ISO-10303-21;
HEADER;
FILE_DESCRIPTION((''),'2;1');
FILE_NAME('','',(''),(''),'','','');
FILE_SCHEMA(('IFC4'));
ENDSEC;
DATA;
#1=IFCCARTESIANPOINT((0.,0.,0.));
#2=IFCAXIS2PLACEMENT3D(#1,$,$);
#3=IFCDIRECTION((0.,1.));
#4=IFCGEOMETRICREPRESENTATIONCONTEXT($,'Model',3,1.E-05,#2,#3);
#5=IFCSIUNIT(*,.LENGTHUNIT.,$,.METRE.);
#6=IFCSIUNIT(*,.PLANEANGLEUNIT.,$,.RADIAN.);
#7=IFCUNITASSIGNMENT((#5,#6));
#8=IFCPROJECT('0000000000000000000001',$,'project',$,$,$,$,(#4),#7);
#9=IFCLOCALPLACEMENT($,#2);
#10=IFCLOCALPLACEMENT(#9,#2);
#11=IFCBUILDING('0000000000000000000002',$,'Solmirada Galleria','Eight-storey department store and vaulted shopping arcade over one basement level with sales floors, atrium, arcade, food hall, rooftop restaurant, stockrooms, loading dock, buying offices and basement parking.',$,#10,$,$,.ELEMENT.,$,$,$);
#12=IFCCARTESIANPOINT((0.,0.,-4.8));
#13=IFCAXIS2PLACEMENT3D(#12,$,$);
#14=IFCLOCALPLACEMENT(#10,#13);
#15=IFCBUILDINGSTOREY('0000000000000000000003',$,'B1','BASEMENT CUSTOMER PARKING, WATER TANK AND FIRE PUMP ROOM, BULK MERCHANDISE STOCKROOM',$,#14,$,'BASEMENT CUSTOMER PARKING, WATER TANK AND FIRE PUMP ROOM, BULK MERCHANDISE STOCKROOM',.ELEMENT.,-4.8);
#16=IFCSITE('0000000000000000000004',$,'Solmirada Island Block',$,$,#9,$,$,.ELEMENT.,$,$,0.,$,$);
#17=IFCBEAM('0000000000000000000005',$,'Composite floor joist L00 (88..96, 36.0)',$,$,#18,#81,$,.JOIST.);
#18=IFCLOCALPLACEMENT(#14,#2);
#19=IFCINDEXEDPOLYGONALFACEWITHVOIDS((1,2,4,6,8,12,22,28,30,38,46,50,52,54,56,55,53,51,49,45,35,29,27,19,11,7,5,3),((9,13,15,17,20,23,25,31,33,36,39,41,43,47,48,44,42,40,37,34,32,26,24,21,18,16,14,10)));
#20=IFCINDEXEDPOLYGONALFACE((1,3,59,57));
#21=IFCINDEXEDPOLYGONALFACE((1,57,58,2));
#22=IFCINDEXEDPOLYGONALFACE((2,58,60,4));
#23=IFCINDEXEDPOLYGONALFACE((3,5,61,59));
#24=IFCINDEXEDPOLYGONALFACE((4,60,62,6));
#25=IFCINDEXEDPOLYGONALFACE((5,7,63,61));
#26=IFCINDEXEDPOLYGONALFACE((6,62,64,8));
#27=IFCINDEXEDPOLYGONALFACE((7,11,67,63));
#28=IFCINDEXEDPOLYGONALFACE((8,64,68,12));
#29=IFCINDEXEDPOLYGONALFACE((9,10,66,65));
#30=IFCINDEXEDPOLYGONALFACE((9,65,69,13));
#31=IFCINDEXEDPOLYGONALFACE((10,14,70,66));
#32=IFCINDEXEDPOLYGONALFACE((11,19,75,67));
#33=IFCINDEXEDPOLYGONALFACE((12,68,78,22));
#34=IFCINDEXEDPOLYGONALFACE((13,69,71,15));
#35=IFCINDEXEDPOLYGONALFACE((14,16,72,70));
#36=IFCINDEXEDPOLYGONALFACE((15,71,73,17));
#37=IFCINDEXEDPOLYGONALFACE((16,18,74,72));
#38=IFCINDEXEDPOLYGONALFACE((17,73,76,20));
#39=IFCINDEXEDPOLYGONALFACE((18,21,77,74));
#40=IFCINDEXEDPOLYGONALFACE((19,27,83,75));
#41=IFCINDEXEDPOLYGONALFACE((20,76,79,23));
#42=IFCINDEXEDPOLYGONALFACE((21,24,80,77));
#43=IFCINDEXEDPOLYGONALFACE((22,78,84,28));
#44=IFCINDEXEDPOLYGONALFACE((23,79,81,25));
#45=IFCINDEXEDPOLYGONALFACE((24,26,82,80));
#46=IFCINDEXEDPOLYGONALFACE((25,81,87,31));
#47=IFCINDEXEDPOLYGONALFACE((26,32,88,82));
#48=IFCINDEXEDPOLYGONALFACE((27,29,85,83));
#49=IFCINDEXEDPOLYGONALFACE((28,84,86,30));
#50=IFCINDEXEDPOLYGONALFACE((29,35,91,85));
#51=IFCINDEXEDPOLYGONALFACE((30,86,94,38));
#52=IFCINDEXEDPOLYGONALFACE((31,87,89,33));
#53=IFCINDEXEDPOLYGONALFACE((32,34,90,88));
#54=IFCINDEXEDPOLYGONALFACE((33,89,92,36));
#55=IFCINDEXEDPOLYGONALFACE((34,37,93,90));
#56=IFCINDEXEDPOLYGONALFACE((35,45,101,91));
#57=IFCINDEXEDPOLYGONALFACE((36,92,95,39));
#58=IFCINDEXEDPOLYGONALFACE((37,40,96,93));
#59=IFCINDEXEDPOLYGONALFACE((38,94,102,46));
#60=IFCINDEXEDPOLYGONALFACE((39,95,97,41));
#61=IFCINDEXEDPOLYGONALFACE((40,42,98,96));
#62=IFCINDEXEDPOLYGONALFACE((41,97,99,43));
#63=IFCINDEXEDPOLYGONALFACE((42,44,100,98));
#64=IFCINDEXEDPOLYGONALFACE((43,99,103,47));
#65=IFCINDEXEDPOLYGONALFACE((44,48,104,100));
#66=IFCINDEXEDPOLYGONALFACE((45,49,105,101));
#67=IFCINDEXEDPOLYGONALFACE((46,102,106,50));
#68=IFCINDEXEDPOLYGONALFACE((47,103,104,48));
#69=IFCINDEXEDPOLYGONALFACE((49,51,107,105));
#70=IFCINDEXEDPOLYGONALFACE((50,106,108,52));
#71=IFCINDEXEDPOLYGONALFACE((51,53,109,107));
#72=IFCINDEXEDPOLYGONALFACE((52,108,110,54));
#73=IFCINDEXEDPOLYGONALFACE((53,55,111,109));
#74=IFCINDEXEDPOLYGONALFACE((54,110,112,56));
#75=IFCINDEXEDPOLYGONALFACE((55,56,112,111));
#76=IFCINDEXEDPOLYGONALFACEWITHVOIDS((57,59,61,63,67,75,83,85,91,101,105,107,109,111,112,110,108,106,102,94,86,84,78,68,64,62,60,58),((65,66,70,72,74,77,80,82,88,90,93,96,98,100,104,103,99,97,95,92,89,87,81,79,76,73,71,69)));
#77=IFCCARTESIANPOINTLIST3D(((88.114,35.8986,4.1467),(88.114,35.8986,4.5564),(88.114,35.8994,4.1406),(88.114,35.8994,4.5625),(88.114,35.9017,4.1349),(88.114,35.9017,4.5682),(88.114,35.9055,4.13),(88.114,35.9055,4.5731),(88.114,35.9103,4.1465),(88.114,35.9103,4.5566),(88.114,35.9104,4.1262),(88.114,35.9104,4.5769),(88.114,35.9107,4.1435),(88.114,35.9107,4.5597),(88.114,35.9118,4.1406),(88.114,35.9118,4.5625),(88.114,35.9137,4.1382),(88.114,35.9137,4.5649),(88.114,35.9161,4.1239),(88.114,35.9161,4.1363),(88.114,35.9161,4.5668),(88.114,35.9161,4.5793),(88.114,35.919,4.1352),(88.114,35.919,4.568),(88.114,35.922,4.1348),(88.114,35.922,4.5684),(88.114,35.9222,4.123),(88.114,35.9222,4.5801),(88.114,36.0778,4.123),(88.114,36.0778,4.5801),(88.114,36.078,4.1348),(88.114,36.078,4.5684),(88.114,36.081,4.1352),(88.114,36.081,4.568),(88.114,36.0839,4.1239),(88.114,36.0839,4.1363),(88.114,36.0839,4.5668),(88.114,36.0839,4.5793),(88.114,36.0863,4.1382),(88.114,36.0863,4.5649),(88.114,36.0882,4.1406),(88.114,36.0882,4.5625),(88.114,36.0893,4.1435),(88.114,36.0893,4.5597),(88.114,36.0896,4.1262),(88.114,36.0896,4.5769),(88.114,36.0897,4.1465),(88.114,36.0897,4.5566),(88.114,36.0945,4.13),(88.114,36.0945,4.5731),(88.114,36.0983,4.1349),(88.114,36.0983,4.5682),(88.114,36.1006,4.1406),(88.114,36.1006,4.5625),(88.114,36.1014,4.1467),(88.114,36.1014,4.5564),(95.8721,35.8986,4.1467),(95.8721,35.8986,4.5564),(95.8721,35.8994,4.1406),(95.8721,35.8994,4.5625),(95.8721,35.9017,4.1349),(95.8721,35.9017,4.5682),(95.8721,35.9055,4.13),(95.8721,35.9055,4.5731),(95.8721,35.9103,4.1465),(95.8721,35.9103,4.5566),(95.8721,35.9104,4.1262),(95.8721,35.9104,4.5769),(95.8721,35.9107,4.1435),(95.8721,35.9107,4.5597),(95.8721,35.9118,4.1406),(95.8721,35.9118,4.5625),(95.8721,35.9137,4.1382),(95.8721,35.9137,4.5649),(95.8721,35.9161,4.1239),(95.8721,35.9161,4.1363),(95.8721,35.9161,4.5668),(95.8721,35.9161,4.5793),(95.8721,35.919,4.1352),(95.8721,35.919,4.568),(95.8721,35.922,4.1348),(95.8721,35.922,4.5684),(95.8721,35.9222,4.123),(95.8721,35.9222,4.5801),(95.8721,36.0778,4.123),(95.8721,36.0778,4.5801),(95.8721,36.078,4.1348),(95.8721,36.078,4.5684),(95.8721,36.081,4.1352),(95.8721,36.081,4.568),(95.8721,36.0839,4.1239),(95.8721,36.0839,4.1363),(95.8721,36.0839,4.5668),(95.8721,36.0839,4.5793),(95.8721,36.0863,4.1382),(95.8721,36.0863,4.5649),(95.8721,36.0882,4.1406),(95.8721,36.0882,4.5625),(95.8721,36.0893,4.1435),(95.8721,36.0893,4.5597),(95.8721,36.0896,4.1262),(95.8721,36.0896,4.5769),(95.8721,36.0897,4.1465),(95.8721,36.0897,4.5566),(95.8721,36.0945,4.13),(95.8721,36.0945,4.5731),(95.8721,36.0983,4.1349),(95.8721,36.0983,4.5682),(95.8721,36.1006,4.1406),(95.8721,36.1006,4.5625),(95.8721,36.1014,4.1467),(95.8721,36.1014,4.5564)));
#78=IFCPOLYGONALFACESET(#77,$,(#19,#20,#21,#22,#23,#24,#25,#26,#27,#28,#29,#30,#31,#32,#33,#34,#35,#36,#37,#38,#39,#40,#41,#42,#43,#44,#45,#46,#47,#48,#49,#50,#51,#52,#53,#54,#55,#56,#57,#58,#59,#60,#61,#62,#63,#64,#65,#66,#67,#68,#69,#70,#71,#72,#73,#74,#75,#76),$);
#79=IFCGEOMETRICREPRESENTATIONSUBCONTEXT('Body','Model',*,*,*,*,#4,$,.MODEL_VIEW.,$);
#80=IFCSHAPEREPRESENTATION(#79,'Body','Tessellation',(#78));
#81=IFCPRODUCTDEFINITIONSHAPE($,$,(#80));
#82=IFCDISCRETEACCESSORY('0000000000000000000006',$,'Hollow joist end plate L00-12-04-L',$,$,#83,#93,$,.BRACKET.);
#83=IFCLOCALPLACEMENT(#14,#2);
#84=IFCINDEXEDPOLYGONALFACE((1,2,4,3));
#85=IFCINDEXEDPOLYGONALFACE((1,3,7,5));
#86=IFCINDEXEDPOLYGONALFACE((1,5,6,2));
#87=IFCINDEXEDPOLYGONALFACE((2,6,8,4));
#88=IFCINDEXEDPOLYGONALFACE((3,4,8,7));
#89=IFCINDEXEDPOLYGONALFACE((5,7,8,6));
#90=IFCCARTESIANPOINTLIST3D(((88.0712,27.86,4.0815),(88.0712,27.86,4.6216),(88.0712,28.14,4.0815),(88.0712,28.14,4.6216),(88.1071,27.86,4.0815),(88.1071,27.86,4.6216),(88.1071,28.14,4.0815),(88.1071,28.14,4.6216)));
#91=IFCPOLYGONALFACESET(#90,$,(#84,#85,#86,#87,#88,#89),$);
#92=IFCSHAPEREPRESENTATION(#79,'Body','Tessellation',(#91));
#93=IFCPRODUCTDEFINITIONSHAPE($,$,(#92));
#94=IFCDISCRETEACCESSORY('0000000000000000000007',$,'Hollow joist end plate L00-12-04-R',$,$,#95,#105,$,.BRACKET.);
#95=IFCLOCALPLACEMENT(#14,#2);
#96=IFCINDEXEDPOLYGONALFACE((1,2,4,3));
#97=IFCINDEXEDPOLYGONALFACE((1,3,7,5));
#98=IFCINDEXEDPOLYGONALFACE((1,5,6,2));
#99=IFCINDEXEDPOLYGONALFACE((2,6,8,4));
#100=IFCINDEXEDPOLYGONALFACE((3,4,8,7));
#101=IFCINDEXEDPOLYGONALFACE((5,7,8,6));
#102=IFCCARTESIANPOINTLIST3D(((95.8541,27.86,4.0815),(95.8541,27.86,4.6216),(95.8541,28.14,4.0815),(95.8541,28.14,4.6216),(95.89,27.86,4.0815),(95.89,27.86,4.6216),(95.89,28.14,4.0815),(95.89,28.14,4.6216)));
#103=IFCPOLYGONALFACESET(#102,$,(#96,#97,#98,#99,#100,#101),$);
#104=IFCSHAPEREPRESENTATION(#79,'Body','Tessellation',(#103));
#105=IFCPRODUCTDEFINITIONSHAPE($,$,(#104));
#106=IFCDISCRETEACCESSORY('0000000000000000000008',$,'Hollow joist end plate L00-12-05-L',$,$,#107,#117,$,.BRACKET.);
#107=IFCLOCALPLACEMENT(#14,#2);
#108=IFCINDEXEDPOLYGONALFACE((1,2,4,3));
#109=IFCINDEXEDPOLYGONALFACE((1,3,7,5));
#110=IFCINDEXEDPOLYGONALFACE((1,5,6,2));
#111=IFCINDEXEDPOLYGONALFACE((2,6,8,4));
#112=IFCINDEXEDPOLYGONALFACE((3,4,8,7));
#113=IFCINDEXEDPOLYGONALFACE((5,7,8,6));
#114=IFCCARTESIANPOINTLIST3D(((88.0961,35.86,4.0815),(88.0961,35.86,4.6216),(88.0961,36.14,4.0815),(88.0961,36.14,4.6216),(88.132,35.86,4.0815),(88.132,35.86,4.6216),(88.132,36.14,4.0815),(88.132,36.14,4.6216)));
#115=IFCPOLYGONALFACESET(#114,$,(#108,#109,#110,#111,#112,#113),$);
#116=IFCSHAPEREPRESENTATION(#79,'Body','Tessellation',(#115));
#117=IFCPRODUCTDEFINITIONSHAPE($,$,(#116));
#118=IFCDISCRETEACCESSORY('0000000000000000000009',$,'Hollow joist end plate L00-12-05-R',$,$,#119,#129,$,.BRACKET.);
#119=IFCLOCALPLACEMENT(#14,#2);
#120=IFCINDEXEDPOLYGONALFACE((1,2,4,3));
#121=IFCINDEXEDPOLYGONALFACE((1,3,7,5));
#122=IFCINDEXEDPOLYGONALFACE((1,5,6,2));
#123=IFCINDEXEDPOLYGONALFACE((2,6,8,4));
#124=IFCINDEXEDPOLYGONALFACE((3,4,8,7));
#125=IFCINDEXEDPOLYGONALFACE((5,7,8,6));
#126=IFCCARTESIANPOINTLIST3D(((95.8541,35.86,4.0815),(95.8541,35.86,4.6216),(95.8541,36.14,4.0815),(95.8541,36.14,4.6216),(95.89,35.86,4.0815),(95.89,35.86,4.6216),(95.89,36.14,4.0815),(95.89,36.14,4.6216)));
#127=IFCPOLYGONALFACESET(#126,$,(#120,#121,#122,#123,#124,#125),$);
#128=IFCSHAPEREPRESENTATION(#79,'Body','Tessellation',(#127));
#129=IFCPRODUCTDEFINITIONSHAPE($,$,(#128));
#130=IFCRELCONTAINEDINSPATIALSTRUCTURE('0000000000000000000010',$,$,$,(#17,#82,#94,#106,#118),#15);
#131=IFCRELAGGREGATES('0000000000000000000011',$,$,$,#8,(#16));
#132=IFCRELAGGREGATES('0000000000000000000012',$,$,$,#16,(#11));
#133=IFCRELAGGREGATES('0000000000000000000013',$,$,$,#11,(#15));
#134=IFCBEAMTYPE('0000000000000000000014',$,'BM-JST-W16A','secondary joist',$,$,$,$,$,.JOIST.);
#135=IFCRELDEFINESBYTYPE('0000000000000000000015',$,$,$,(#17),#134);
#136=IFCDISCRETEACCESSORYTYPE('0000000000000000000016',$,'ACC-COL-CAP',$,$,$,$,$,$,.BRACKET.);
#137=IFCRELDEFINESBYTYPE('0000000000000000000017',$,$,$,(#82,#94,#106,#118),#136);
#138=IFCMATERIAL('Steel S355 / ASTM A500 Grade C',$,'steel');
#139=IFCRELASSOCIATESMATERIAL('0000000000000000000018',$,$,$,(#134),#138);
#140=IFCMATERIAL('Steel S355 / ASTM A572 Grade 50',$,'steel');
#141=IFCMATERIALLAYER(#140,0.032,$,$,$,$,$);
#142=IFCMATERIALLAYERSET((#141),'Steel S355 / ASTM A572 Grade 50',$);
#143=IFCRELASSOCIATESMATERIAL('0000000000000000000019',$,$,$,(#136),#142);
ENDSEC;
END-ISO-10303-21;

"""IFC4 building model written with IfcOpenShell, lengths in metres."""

from ifc_helpers import new_model, si_unit, direction, frame, origin, origin_2d, place, context, subcontext, project, spatial, rectangle, hollow_rectangle, extrude, material, layer, layer_set, material_profile, profile_set, type_object, element, save


model = new_model("IFC4")

# Units and contexts
model_context = context("Model", 3, precision=1e-05, world=origin(), true_north=direction((0.0, 1.0)))
body_context = subcontext(model_context, "Body", "Model", "MODEL_VIEW")
ifc_project = project(units=[si_unit("LENGTHUNIT", "METRE"), si_unit("PLANEANGLEUNIT", "RADIAN")], contexts=[model_context])

# Site, building, storey
site_placement = place(None, origin())
site = spatial("IfcSite", under=ifc_project, at=site_placement, Name="Solmirada Island Block", CompositionType="ELEMENT", RefElevation=0.0)
building_placement = place(site_placement, origin())
building = spatial("IfcBuilding", under=site, at=building_placement, Name="Solmirada Galleria", Description="Eight-storey department store and vaulted shopping arcade over one basement level with sales floors, atrium, arcade, food hall, rooftop restaurant, stockrooms, loading dock, buying offices and basement parking.", CompositionType="ELEMENT")
storey_placement = place(building_placement, frame((0.0, 0.0, -4.8)))
storey = spatial("IfcBuildingStorey", under=building, at=storey_placement, Name="B1", Description="BASEMENT CUSTOMER PARKING, WATER TANK AND FIRE PUMP ROOM, BULK MERCHANDISE STOCKROOM", LongName="BASEMENT CUSTOMER PARKING, WATER TANK AND FIRE PUMP ROOM, BULK MERCHANDISE STOCKROOM", CompositionType="ELEMENT", Elevation=-4.8)

# Shared definitions
ifc_material_1 = material(Name="Steel S355 / ASTM A500 Grade C", Category="steel")

# Beam
ifc_material_profile_1 = material_profile(ifc_material_1, hollow_rectangle(XDim=0.2029, YDim=0.457, WallThickness=0.0117, InnerFilletRadius=0.0117, OuterFilletRadius=0.0237, at=origin_2d()), Name="HSS18X8X1/2")
ifc_profile_set_1 = profile_set([ifc_material_profile_1], Name="Steel S355 / ASTM A500 Grade C")
beam_type_1 = type_object("IfcBeamType", Name="BM-JST-W16A", Description="secondary joist", PredefinedType="JOIST", material=ifc_profile_set_1)
beam_1_placement = place(storey_placement, frame((88.114, 36.0, 4.3516), z_axis=(1.0, 0.0, 0.0), x_axis=(0.0, 1.0, 0.0)))
element("IfcBeam", 1, at=beam_1_placement, inside=storey, type_object=beam_type_1, Name="Composite floor joist L00 (88..96, 36.0)", PredefinedType="JOIST", context=body_context, shape_type="SweptSolid", body=[
    extrude(hollow_rectangle(XDim=0.2029, YDim=0.457, WallThickness=0.0117, InnerFilletRadius=0.0117, OuterFilletRadius=0.0237, at=origin_2d()), origin(), (0.0, 0.0, 1.0), 7.7581),
])

# Discrete accessories
ifc_material_2 = material(Name="Steel S355 / ASTM A572 Grade 50", Category="steel")
ifc_layer = layer(ifc_material_2, 0.032)
ifc_layer_set = layer_set([ifc_layer], Name="Steel S355 / ASTM A572 Grade 50")
discrete_accessory_type = type_object("IfcDiscreteAccessoryType", Name="ACC-COL-CAP", PredefinedType="BRACKET", material=ifc_layer_set)
for number, where, z_axis, x_axis, name in (
    (2, (88.0891, 28.0, 4.0815), (0.0, 0.0, 1.0), (1.0, 0.0, 0.0), "Hollow joist end plate L00-12-04-L"),
    (3, (95.8721, 28.0, 4.0815), (0.0, 0.0, 1.0), (1.0, 0.0, 0.0), "Hollow joist end plate L00-12-04-R"),
    (4, (88.114, 36.0, 4.0815), (0.0, 0.0, 1.0), (1.0, 0.0, 0.0), "Hollow joist end plate L00-12-05-L"),
    (5, (95.8721, 36.0, 4.0815), (0.0, 0.0, 1.0), (1.0, 0.0, 0.0), "Hollow joist end plate L00-12-05-R"),
):
    element("IfcDiscreteAccessory", number, at=place(storey_placement, frame(where, z_axis=z_axis, x_axis=x_axis)), inside=storey, type_object=discrete_accessory_type, Name=name, PredefinedType="BRACKET", context=body_context, shape_type="SweptSolid", body=[
        extrude(rectangle(XDim=0.0359, YDim=0.28, at=origin_2d()), origin(), (0.0, 0.0, 1.0), 0.54),
    ])

save(model, "model.ifc")
